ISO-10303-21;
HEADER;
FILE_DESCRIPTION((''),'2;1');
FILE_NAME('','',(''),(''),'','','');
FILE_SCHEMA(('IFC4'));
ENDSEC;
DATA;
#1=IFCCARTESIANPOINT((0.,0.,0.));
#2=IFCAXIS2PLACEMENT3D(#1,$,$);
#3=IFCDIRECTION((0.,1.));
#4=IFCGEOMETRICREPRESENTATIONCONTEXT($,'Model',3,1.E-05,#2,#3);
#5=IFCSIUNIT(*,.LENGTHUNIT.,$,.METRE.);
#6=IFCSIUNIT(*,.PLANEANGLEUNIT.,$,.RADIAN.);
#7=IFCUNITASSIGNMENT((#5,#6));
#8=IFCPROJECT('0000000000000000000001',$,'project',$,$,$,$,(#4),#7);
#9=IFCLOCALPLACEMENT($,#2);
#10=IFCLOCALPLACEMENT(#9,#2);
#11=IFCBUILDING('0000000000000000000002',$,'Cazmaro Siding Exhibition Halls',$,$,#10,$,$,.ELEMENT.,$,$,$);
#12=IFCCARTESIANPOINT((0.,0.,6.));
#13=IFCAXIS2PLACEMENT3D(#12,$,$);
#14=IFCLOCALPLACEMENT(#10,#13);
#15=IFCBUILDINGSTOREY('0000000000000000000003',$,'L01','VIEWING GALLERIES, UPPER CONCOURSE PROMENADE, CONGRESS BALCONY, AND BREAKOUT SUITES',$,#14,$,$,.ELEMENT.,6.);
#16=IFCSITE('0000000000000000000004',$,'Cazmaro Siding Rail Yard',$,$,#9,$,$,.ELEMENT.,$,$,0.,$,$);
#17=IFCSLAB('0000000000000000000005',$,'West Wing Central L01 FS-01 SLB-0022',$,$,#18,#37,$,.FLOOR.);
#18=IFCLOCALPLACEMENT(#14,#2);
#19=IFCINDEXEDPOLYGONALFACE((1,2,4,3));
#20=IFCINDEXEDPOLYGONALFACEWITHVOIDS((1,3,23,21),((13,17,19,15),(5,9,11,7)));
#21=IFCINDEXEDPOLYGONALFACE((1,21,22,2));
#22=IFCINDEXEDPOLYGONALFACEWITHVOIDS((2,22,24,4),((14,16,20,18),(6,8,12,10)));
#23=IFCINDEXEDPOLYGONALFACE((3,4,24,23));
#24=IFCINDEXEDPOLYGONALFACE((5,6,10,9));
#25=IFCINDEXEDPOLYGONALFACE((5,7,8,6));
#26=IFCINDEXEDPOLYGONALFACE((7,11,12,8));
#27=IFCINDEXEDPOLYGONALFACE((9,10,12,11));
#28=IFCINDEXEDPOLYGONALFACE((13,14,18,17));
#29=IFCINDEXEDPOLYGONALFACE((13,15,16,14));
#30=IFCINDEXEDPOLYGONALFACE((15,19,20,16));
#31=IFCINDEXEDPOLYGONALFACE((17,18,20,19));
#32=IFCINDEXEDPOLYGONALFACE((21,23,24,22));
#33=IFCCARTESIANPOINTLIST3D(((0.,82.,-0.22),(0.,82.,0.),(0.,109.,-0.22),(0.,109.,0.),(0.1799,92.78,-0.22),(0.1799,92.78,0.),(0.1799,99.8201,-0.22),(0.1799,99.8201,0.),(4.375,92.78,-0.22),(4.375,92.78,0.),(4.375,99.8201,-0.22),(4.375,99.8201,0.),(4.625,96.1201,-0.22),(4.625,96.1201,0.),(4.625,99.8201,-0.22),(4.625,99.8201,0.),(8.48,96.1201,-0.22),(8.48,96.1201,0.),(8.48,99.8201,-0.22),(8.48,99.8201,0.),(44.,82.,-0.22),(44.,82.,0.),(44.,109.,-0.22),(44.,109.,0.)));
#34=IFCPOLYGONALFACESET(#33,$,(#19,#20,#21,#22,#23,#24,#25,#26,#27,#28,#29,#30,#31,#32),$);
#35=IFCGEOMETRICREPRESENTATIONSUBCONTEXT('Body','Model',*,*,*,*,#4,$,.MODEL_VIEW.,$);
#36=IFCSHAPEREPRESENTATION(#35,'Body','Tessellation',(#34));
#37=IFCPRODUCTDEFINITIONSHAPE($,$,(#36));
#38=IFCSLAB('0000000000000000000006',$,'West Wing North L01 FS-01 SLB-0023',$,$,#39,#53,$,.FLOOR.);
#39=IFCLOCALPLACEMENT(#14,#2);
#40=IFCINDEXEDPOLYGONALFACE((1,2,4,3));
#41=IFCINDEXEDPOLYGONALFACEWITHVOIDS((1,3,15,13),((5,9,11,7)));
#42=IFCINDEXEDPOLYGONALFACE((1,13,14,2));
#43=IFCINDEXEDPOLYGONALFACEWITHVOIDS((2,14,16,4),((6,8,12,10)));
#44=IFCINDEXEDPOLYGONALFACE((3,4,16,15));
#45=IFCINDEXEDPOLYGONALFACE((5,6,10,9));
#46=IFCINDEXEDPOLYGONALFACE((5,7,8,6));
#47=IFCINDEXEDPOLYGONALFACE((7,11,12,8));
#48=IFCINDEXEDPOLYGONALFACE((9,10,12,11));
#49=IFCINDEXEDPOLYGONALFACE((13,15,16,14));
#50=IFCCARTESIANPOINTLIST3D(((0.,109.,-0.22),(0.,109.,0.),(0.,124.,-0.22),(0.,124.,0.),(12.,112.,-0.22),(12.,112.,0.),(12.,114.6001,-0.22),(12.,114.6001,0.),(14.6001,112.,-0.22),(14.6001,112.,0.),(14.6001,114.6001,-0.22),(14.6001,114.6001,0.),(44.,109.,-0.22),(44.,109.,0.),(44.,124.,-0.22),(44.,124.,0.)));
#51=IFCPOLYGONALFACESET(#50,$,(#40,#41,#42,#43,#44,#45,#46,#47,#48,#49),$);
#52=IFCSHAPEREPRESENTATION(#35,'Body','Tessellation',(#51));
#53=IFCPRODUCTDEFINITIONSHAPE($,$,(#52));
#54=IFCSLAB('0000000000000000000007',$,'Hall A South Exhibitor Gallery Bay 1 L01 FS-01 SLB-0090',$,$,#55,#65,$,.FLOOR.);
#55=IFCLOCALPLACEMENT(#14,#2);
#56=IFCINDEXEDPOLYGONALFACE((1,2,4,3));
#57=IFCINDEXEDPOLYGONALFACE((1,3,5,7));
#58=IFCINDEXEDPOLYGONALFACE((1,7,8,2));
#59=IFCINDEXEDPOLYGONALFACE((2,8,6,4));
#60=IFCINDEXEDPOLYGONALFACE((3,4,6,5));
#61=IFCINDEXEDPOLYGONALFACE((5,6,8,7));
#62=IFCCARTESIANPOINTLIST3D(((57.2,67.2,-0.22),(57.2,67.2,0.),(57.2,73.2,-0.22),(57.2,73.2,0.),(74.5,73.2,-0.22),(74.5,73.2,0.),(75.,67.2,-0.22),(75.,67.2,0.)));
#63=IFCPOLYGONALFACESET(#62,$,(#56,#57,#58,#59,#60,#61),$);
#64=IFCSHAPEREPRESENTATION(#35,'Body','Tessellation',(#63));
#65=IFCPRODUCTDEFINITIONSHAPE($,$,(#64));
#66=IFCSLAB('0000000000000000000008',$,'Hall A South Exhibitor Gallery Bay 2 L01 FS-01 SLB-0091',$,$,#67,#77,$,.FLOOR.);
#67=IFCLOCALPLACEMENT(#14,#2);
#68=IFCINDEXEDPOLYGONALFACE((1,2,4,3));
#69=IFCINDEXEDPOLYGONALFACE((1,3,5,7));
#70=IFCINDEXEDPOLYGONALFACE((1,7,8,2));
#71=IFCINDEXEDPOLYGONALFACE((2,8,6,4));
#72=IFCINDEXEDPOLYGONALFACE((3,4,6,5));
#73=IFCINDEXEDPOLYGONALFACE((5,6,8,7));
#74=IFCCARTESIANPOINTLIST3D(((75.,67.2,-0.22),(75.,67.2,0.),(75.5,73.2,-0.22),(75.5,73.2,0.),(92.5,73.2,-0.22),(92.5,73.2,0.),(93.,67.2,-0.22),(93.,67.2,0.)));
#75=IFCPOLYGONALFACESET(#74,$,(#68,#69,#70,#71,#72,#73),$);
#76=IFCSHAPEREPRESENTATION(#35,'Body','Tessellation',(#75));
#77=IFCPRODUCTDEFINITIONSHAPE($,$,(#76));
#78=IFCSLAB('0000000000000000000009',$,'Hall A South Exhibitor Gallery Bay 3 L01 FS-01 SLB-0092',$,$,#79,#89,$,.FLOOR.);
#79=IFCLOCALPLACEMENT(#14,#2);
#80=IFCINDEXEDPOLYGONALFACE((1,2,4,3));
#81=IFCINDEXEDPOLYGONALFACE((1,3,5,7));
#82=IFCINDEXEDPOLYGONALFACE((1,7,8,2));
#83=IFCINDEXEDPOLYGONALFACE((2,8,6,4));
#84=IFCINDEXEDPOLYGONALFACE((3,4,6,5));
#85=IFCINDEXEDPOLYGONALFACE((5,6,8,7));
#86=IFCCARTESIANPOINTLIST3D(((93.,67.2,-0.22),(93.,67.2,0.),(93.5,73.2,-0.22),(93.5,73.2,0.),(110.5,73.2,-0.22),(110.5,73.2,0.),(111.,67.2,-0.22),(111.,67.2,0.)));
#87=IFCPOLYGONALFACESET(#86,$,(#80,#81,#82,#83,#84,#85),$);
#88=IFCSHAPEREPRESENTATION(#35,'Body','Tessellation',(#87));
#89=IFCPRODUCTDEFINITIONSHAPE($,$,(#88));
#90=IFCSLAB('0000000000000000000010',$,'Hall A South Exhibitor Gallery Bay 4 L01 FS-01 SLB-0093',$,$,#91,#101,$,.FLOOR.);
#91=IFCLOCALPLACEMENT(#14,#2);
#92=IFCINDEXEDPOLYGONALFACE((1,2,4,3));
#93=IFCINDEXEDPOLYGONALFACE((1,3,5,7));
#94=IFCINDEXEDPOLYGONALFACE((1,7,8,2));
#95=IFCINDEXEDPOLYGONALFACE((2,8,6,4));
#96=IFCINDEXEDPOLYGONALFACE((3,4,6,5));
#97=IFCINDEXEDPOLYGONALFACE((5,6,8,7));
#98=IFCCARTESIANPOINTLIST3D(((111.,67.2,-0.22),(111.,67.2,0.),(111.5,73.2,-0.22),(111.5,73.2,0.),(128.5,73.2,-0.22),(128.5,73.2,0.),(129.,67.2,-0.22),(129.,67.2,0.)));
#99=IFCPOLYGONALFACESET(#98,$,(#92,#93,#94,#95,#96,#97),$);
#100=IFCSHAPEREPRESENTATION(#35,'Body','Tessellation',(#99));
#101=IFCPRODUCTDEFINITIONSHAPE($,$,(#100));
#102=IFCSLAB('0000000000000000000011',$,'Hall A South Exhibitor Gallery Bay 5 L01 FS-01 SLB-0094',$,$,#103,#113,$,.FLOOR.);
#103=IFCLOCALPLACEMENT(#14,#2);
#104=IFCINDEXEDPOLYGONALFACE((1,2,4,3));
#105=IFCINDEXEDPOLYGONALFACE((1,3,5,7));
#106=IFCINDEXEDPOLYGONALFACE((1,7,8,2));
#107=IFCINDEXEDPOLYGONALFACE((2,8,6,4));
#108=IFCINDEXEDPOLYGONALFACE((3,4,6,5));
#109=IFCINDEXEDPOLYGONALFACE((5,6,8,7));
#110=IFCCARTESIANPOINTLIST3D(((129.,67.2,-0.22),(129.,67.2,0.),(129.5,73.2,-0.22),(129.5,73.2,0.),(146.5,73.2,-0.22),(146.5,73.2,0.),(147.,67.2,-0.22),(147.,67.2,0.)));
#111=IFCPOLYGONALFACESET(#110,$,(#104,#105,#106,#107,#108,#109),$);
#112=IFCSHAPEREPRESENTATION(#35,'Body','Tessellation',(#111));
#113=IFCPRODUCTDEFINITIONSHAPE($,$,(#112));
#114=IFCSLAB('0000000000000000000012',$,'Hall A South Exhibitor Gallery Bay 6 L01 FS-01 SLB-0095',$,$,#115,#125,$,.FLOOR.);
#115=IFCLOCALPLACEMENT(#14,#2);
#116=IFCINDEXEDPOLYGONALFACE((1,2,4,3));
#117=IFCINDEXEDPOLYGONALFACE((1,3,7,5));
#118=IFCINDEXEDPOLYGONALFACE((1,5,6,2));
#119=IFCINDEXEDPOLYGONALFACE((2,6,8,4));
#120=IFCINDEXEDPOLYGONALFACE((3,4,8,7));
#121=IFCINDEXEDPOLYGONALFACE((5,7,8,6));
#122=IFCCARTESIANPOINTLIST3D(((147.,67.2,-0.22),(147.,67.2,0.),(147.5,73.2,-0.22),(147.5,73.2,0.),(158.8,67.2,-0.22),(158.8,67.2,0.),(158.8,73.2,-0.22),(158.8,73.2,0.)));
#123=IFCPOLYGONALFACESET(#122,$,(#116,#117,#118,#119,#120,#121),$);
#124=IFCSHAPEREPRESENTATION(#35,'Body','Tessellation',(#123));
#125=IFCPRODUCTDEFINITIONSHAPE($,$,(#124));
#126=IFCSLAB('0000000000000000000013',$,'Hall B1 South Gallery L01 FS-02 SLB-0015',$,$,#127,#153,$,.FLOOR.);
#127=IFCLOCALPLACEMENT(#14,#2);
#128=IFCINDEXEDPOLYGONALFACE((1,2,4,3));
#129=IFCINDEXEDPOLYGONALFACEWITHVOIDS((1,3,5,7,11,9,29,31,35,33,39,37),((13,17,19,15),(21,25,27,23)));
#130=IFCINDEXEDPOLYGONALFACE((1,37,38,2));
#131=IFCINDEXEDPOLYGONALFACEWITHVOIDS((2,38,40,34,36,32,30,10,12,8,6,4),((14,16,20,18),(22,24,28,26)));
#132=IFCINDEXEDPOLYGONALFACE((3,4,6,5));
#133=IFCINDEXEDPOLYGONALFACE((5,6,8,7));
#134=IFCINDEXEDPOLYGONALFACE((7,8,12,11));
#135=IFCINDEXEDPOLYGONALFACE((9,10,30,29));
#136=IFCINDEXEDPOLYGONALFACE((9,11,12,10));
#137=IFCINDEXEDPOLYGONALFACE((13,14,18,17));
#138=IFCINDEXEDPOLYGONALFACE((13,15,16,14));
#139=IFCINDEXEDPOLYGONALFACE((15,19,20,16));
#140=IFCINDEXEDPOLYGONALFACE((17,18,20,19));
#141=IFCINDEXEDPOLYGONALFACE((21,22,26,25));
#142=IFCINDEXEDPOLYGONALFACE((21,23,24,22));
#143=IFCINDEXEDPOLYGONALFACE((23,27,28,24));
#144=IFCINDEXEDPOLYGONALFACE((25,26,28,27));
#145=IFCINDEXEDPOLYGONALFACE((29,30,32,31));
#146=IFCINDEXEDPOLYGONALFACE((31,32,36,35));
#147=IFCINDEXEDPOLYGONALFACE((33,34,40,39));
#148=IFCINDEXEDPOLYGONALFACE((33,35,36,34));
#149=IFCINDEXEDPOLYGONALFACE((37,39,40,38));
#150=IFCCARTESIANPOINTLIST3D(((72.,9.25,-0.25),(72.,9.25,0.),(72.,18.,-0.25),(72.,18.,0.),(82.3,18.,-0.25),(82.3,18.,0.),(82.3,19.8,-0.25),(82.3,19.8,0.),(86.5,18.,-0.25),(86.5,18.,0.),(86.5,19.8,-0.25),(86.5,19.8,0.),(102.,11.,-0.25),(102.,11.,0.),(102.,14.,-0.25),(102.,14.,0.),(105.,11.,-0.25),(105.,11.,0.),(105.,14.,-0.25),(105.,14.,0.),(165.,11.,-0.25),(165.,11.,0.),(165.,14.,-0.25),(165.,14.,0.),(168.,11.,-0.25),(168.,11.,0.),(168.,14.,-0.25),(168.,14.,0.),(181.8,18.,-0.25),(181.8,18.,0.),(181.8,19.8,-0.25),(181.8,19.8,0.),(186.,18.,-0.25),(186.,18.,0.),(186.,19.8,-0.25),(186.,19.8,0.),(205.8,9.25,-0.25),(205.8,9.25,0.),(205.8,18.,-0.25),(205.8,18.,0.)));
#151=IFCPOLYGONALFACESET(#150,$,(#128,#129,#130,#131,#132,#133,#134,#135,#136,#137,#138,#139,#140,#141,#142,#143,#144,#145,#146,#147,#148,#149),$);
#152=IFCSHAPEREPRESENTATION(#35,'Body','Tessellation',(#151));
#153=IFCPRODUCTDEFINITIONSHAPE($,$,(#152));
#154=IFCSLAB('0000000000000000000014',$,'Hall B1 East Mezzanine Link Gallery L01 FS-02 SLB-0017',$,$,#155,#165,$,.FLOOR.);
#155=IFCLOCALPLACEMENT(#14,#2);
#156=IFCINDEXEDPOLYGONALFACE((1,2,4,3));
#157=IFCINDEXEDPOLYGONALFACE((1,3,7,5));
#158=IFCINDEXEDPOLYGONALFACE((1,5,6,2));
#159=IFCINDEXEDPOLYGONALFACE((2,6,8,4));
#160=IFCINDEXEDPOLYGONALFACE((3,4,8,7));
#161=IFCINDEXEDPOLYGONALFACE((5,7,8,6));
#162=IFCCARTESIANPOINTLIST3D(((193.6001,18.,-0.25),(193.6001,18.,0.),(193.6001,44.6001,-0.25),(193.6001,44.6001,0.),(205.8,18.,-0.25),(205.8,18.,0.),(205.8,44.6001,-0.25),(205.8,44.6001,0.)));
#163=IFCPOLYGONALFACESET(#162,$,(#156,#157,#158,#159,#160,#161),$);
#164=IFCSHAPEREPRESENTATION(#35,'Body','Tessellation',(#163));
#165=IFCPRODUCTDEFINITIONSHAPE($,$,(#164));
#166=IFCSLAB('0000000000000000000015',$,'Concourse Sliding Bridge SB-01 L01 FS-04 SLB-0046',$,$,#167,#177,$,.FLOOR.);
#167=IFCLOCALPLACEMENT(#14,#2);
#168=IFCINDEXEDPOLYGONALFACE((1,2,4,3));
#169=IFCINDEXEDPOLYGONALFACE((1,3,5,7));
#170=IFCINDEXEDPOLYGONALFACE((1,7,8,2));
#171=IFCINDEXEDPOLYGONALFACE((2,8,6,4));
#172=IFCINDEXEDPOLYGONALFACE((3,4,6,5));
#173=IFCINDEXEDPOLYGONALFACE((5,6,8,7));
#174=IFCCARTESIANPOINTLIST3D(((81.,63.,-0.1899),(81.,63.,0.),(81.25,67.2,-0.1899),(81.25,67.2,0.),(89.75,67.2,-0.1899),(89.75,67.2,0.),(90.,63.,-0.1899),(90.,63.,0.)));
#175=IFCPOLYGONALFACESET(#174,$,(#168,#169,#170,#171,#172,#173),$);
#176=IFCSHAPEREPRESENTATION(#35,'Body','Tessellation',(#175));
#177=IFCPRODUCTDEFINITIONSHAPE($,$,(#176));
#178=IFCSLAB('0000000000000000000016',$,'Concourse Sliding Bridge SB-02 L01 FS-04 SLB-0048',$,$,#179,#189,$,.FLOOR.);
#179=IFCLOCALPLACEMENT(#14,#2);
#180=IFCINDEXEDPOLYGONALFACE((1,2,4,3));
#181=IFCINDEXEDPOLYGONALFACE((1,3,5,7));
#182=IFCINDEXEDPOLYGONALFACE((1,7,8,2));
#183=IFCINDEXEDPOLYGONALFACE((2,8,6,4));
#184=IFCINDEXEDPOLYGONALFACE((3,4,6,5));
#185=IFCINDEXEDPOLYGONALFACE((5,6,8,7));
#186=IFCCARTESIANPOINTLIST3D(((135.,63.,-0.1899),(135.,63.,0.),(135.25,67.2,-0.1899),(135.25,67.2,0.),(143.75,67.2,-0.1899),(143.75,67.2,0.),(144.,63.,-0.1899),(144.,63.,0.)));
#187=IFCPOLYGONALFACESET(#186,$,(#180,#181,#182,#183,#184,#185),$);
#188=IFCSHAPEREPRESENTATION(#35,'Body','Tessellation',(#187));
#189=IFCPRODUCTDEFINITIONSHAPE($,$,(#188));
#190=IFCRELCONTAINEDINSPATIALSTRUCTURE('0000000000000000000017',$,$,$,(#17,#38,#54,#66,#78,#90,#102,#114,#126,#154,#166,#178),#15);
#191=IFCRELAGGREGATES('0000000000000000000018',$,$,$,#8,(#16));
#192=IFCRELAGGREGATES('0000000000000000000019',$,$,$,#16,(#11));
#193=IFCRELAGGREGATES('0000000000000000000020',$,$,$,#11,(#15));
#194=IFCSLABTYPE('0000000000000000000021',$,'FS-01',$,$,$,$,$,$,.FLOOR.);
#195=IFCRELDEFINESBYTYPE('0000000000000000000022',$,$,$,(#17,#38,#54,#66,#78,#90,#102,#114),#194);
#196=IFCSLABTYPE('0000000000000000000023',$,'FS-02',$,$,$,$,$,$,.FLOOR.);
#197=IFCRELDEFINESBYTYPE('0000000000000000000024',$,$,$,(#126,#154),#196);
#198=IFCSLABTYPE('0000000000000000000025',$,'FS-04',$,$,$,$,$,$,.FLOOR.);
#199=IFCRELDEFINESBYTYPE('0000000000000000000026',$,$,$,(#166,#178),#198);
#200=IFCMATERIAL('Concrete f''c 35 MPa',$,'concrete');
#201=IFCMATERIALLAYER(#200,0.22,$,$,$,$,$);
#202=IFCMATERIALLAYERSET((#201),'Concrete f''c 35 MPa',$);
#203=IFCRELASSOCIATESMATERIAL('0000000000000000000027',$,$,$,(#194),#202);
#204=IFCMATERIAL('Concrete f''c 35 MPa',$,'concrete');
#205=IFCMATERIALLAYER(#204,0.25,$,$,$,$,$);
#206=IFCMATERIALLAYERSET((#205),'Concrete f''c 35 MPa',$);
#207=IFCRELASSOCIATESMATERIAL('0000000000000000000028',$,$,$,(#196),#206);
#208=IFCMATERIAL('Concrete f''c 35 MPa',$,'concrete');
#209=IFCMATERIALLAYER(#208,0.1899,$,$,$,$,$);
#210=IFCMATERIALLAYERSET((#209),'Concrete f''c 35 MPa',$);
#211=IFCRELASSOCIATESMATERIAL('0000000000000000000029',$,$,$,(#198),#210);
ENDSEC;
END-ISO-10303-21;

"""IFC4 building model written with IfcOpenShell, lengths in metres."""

from ifc_helpers import new_model, si_unit, direction, frame, origin, place, context, subcontext, project, spatial, polyline, outline, extrude, material, layer, layer_set, type_object, element, save


model = new_model("IFC4")

# Units and contexts
model_context = context("Model", 3, precision=1e-05, world=origin(), true_north=direction((0.0, 1.0)))
body_context = subcontext(model_context, "Body", "Model", "MODEL_VIEW")
ifc_project = project(units=[si_unit("LENGTHUNIT", "METRE"), si_unit("PLANEANGLEUNIT", "RADIAN")], contexts=[model_context])

# Site, building, storey
site_placement = place(None, origin())
site = spatial("IfcSite", under=ifc_project, at=site_placement, Name="Cazmaro Siding Rail Yard", CompositionType="ELEMENT", RefElevation=0.0)
building_placement = place(site_placement, origin())
building = spatial("IfcBuilding", under=site, at=building_placement, Name="Cazmaro Siding Exhibition Halls", CompositionType="ELEMENT")
storey_placement = place(building_placement, frame((0.0, 0.0, 6.0)))
storey = spatial("IfcBuildingStorey", under=building, at=storey_placement, Name="L01", Description="VIEWING GALLERIES, UPPER CONCOURSE PROMENADE, CONGRESS BALCONY, AND BREAKOUT SUITES", CompositionType="ELEMENT", Elevation=6.0)

# Slabs
ifc_material_1 = material(Name="Concrete f'c 35 MPa", Category="concrete")
ifc_layer_1 = layer(ifc_material_1, 0.22)
ifc_layer_set_1 = layer_set([ifc_layer_1], Name="Concrete f'c 35 MPa")
slab_type_1 = type_object("IfcSlabType", Name="FS-01", PredefinedType="FLOOR", material=ifc_layer_set_1)
slab_1_placement = place(storey_placement, frame((0.0, 0.0, -0.22)))
element("IfcSlab", 1, at=slab_1_placement, inside=storey, type_object=slab_type_1, Name="West Wing Central L01 FS-01 SLB-0022", PredefinedType="FLOOR", context=body_context, shape_type="SweptSolid", body=[
    extrude(outline(polyline([(0.0, 82.0), (44.0, 82.0), (44.0, 109.0), (0.0, 109.0), (0.0, 82.0)]), holes=[polyline([(0.1799, 92.78), (4.375, 92.78), (4.375, 99.8201), (0.1799, 99.8201), (0.1799, 92.78)]), polyline([(4.625, 96.1201), (8.48, 96.1201), (8.48, 99.8201), (4.625, 99.8201), (4.625, 96.1201)])]), origin(), (0.0, 0.0, 1.0), 0.22),
])
slab_2_placement = place(storey_placement, frame((0.0, 0.0, -0.22)))
element("IfcSlab", 2, at=slab_2_placement, inside=storey, type_object=slab_type_1, Name="West Wing North L01 FS-01 SLB-0023", PredefinedType="FLOOR", context=body_context, shape_type="SweptSolid", body=[
    extrude(outline(polyline([(0.0, 109.0), (44.0, 109.0), (44.0, 124.0), (0.0, 124.0), (0.0, 109.0)]), holes=[polyline([(12.0, 112.0), (14.6001, 112.0), (14.6001, 114.6001), (12.0, 114.6001), (12.0, 112.0)])]), origin(), (0.0, 0.0, 1.0), 0.22),
])
slab_3_placement = place(storey_placement, frame((0.0, 0.0, -0.22)))
element("IfcSlab", 3, at=slab_3_placement, inside=storey, type_object=slab_type_1, Name="Hall A South Exhibitor Gallery Bay 1 L01 FS-01 SLB-0090", PredefinedType="FLOOR", context=body_context, shape_type="SweptSolid", body=[
    extrude(outline(polyline([(57.2, 67.2), (75.0, 67.2), (74.5, 73.2), (57.2, 73.2), (57.2, 67.2)])), origin(), (0.0, 0.0, 1.0), 0.22),
])
slab_4_placement = place(storey_placement, frame((0.0, 0.0, -0.22)))
element("IfcSlab", 4, at=slab_4_placement, inside=storey, type_object=slab_type_1, Name="Hall A South Exhibitor Gallery Bay 2 L01 FS-01 SLB-0091", PredefinedType="FLOOR", context=body_context, shape_type="SweptSolid", body=[
    extrude(outline(polyline([(75.0, 67.2), (93.0, 67.2), (92.5, 73.2), (75.5, 73.2), (75.0, 67.2)])), origin(), (0.0, 0.0, 1.0), 0.22),
])
slab_5_placement = place(storey_placement, frame((0.0, 0.0, -0.22)))
element("IfcSlab", 5, at=slab_5_placement, inside=storey, type_object=slab_type_1, Name="Hall A South Exhibitor Gallery Bay 3 L01 FS-01 SLB-0092", PredefinedType="FLOOR", context=body_context, shape_type="SweptSolid", body=[
    extrude(outline(polyline([(93.0, 67.2), (111.0, 67.2), (110.5, 73.2), (93.5, 73.2), (93.0, 67.2)])), origin(), (0.0, 0.0, 1.0), 0.22),
])
slab_6_placement = place(storey_placement, frame((0.0, 0.0, -0.22)))
element("IfcSlab", 6, at=slab_6_placement, inside=storey, type_object=slab_type_1, Name="Hall A South Exhibitor Gallery Bay 4 L01 FS-01 SLB-0093", PredefinedType="FLOOR", context=body_context, shape_type="SweptSolid", body=[
    extrude(outline(polyline([(111.0, 67.2), (129.0, 67.2), (128.5, 73.2), (111.5, 73.2), (111.0, 67.2)])), origin(), (0.0, 0.0, 1.0), 0.22),
])
slab_7_placement = place(storey_placement, frame((0.0, 0.0, -0.22)))
element("IfcSlab", 7, at=slab_7_placement, inside=storey, type_object=slab_type_1, Name="Hall A South Exhibitor Gallery Bay 5 L01 FS-01 SLB-0094", PredefinedType="FLOOR", context=body_context, shape_type="SweptSolid", body=[
    extrude(outline(polyline([(129.0, 67.2), (147.0, 67.2), (146.5, 73.2), (129.5, 73.2), (129.0, 67.2)])), origin(), (0.0, 0.0, 1.0), 0.22),
])
slab_8_placement = place(storey_placement, frame((0.0, 0.0, -0.22)))
element("IfcSlab", 8, at=slab_8_placement, inside=storey, type_object=slab_type_1, Name="Hall A South Exhibitor Gallery Bay 6 L01 FS-01 SLB-0095", PredefinedType="FLOOR", context=body_context, shape_type="SweptSolid", body=[
    extrude(outline(polyline([(147.0, 67.2), (158.8, 67.2), (158.8, 73.2), (147.5, 73.2), (147.0, 67.2)])), origin(), (0.0, 0.0, 1.0), 0.22),
])
ifc_material_2 = material(Name="Concrete f'c 35 MPa", Category="concrete")
ifc_layer_2 = layer(ifc_material_2, 0.25)
ifc_layer_set_2 = layer_set([ifc_layer_2], Name="Concrete f'c 35 MPa")
slab_type_2 = type_object("IfcSlabType", Name="FS-02", PredefinedType="FLOOR", material=ifc_layer_set_2)
slab_9_placement = place(storey_placement, frame((0.0, 0.0, -0.25)))
element("IfcSlab", 9, at=slab_9_placement, inside=storey, type_object=slab_type_2, Name="Hall B1 South Gallery L01 FS-02 SLB-0015", PredefinedType="FLOOR", context=body_context, shape_type="SweptSolid", body=[
    extrude(outline(polyline([(72.0, 9.25), (205.8, 9.25), (205.8, 18.0), (186.0, 18.0), (186.0, 19.8), (181.8, 19.8), (181.8, 18.0), (86.5, 18.0), (86.5, 19.8), (82.3, 19.8), (82.3, 18.0), (72.0, 18.0), (72.0, 9.25)]), holes=[polyline([(102.0, 11.0), (105.0, 11.0), (105.0, 14.0), (102.0, 14.0), (102.0, 11.0)]), polyline([(165.0, 11.0), (168.0, 11.0), (168.0, 14.0), (165.0, 14.0), (165.0, 11.0)])]), origin(), (0.0, 0.0, 1.0), 0.25),
])
slab_10_placement = place(storey_placement, frame((0.0, 0.0, -0.25)))
element("IfcSlab", 10, at=slab_10_placement, inside=storey, type_object=slab_type_2, Name="Hall B1 East Mezzanine Link Gallery L01 FS-02 SLB-0017", PredefinedType="FLOOR", context=body_context, shape_type="SweptSolid", body=[
    extrude(outline(polyline([(193.6001, 18.0), (205.8, 18.0), (205.8, 44.6001), (193.6001, 44.6001), (193.6001, 18.0)])), origin(), (0.0, 0.0, 1.0), 0.25),
])
ifc_material_3 = material(Name="Concrete f'c 35 MPa", Category="concrete")
ifc_layer_3 = layer(ifc_material_3, 0.1899)
ifc_layer_set_3 = layer_set([ifc_layer_3], Name="Concrete f'c 35 MPa")
slab_type_3 = type_object("IfcSlabType", Name="FS-04", PredefinedType="FLOOR", material=ifc_layer_set_3)
slab_11_placement = place(storey_placement, frame((0.0, 0.0, -0.1899)))
element("IfcSlab", 11, at=slab_11_placement, inside=storey, type_object=slab_type_3, Name="Concourse Sliding Bridge SB-01 L01 FS-04 SLB-0046", PredefinedType="FLOOR", context=body_context, shape_type="SweptSolid", body=[
    extrude(outline(polyline([(81.0, 63.0), (90.0, 63.0), (89.75, 67.2), (81.25, 67.2), (81.0, 63.0)])), origin(), (0.0, 0.0, 1.0), 0.1899),
])
slab_12_placement = place(storey_placement, frame((0.0, 0.0, -0.1899)))
element("IfcSlab", 12, at=slab_12_placement, inside=storey, type_object=slab_type_3, Name="Concourse Sliding Bridge SB-02 L01 FS-04 SLB-0048", PredefinedType="FLOOR", context=body_context, shape_type="SweptSolid", body=[
    extrude(outline(polyline([(135.0, 63.0), (144.0, 63.0), (143.75, 67.2), (135.25, 67.2), (135.0, 63.0)])), origin(), (0.0, 0.0, 1.0), 0.1899),
])

save(model, "model.ifc")
